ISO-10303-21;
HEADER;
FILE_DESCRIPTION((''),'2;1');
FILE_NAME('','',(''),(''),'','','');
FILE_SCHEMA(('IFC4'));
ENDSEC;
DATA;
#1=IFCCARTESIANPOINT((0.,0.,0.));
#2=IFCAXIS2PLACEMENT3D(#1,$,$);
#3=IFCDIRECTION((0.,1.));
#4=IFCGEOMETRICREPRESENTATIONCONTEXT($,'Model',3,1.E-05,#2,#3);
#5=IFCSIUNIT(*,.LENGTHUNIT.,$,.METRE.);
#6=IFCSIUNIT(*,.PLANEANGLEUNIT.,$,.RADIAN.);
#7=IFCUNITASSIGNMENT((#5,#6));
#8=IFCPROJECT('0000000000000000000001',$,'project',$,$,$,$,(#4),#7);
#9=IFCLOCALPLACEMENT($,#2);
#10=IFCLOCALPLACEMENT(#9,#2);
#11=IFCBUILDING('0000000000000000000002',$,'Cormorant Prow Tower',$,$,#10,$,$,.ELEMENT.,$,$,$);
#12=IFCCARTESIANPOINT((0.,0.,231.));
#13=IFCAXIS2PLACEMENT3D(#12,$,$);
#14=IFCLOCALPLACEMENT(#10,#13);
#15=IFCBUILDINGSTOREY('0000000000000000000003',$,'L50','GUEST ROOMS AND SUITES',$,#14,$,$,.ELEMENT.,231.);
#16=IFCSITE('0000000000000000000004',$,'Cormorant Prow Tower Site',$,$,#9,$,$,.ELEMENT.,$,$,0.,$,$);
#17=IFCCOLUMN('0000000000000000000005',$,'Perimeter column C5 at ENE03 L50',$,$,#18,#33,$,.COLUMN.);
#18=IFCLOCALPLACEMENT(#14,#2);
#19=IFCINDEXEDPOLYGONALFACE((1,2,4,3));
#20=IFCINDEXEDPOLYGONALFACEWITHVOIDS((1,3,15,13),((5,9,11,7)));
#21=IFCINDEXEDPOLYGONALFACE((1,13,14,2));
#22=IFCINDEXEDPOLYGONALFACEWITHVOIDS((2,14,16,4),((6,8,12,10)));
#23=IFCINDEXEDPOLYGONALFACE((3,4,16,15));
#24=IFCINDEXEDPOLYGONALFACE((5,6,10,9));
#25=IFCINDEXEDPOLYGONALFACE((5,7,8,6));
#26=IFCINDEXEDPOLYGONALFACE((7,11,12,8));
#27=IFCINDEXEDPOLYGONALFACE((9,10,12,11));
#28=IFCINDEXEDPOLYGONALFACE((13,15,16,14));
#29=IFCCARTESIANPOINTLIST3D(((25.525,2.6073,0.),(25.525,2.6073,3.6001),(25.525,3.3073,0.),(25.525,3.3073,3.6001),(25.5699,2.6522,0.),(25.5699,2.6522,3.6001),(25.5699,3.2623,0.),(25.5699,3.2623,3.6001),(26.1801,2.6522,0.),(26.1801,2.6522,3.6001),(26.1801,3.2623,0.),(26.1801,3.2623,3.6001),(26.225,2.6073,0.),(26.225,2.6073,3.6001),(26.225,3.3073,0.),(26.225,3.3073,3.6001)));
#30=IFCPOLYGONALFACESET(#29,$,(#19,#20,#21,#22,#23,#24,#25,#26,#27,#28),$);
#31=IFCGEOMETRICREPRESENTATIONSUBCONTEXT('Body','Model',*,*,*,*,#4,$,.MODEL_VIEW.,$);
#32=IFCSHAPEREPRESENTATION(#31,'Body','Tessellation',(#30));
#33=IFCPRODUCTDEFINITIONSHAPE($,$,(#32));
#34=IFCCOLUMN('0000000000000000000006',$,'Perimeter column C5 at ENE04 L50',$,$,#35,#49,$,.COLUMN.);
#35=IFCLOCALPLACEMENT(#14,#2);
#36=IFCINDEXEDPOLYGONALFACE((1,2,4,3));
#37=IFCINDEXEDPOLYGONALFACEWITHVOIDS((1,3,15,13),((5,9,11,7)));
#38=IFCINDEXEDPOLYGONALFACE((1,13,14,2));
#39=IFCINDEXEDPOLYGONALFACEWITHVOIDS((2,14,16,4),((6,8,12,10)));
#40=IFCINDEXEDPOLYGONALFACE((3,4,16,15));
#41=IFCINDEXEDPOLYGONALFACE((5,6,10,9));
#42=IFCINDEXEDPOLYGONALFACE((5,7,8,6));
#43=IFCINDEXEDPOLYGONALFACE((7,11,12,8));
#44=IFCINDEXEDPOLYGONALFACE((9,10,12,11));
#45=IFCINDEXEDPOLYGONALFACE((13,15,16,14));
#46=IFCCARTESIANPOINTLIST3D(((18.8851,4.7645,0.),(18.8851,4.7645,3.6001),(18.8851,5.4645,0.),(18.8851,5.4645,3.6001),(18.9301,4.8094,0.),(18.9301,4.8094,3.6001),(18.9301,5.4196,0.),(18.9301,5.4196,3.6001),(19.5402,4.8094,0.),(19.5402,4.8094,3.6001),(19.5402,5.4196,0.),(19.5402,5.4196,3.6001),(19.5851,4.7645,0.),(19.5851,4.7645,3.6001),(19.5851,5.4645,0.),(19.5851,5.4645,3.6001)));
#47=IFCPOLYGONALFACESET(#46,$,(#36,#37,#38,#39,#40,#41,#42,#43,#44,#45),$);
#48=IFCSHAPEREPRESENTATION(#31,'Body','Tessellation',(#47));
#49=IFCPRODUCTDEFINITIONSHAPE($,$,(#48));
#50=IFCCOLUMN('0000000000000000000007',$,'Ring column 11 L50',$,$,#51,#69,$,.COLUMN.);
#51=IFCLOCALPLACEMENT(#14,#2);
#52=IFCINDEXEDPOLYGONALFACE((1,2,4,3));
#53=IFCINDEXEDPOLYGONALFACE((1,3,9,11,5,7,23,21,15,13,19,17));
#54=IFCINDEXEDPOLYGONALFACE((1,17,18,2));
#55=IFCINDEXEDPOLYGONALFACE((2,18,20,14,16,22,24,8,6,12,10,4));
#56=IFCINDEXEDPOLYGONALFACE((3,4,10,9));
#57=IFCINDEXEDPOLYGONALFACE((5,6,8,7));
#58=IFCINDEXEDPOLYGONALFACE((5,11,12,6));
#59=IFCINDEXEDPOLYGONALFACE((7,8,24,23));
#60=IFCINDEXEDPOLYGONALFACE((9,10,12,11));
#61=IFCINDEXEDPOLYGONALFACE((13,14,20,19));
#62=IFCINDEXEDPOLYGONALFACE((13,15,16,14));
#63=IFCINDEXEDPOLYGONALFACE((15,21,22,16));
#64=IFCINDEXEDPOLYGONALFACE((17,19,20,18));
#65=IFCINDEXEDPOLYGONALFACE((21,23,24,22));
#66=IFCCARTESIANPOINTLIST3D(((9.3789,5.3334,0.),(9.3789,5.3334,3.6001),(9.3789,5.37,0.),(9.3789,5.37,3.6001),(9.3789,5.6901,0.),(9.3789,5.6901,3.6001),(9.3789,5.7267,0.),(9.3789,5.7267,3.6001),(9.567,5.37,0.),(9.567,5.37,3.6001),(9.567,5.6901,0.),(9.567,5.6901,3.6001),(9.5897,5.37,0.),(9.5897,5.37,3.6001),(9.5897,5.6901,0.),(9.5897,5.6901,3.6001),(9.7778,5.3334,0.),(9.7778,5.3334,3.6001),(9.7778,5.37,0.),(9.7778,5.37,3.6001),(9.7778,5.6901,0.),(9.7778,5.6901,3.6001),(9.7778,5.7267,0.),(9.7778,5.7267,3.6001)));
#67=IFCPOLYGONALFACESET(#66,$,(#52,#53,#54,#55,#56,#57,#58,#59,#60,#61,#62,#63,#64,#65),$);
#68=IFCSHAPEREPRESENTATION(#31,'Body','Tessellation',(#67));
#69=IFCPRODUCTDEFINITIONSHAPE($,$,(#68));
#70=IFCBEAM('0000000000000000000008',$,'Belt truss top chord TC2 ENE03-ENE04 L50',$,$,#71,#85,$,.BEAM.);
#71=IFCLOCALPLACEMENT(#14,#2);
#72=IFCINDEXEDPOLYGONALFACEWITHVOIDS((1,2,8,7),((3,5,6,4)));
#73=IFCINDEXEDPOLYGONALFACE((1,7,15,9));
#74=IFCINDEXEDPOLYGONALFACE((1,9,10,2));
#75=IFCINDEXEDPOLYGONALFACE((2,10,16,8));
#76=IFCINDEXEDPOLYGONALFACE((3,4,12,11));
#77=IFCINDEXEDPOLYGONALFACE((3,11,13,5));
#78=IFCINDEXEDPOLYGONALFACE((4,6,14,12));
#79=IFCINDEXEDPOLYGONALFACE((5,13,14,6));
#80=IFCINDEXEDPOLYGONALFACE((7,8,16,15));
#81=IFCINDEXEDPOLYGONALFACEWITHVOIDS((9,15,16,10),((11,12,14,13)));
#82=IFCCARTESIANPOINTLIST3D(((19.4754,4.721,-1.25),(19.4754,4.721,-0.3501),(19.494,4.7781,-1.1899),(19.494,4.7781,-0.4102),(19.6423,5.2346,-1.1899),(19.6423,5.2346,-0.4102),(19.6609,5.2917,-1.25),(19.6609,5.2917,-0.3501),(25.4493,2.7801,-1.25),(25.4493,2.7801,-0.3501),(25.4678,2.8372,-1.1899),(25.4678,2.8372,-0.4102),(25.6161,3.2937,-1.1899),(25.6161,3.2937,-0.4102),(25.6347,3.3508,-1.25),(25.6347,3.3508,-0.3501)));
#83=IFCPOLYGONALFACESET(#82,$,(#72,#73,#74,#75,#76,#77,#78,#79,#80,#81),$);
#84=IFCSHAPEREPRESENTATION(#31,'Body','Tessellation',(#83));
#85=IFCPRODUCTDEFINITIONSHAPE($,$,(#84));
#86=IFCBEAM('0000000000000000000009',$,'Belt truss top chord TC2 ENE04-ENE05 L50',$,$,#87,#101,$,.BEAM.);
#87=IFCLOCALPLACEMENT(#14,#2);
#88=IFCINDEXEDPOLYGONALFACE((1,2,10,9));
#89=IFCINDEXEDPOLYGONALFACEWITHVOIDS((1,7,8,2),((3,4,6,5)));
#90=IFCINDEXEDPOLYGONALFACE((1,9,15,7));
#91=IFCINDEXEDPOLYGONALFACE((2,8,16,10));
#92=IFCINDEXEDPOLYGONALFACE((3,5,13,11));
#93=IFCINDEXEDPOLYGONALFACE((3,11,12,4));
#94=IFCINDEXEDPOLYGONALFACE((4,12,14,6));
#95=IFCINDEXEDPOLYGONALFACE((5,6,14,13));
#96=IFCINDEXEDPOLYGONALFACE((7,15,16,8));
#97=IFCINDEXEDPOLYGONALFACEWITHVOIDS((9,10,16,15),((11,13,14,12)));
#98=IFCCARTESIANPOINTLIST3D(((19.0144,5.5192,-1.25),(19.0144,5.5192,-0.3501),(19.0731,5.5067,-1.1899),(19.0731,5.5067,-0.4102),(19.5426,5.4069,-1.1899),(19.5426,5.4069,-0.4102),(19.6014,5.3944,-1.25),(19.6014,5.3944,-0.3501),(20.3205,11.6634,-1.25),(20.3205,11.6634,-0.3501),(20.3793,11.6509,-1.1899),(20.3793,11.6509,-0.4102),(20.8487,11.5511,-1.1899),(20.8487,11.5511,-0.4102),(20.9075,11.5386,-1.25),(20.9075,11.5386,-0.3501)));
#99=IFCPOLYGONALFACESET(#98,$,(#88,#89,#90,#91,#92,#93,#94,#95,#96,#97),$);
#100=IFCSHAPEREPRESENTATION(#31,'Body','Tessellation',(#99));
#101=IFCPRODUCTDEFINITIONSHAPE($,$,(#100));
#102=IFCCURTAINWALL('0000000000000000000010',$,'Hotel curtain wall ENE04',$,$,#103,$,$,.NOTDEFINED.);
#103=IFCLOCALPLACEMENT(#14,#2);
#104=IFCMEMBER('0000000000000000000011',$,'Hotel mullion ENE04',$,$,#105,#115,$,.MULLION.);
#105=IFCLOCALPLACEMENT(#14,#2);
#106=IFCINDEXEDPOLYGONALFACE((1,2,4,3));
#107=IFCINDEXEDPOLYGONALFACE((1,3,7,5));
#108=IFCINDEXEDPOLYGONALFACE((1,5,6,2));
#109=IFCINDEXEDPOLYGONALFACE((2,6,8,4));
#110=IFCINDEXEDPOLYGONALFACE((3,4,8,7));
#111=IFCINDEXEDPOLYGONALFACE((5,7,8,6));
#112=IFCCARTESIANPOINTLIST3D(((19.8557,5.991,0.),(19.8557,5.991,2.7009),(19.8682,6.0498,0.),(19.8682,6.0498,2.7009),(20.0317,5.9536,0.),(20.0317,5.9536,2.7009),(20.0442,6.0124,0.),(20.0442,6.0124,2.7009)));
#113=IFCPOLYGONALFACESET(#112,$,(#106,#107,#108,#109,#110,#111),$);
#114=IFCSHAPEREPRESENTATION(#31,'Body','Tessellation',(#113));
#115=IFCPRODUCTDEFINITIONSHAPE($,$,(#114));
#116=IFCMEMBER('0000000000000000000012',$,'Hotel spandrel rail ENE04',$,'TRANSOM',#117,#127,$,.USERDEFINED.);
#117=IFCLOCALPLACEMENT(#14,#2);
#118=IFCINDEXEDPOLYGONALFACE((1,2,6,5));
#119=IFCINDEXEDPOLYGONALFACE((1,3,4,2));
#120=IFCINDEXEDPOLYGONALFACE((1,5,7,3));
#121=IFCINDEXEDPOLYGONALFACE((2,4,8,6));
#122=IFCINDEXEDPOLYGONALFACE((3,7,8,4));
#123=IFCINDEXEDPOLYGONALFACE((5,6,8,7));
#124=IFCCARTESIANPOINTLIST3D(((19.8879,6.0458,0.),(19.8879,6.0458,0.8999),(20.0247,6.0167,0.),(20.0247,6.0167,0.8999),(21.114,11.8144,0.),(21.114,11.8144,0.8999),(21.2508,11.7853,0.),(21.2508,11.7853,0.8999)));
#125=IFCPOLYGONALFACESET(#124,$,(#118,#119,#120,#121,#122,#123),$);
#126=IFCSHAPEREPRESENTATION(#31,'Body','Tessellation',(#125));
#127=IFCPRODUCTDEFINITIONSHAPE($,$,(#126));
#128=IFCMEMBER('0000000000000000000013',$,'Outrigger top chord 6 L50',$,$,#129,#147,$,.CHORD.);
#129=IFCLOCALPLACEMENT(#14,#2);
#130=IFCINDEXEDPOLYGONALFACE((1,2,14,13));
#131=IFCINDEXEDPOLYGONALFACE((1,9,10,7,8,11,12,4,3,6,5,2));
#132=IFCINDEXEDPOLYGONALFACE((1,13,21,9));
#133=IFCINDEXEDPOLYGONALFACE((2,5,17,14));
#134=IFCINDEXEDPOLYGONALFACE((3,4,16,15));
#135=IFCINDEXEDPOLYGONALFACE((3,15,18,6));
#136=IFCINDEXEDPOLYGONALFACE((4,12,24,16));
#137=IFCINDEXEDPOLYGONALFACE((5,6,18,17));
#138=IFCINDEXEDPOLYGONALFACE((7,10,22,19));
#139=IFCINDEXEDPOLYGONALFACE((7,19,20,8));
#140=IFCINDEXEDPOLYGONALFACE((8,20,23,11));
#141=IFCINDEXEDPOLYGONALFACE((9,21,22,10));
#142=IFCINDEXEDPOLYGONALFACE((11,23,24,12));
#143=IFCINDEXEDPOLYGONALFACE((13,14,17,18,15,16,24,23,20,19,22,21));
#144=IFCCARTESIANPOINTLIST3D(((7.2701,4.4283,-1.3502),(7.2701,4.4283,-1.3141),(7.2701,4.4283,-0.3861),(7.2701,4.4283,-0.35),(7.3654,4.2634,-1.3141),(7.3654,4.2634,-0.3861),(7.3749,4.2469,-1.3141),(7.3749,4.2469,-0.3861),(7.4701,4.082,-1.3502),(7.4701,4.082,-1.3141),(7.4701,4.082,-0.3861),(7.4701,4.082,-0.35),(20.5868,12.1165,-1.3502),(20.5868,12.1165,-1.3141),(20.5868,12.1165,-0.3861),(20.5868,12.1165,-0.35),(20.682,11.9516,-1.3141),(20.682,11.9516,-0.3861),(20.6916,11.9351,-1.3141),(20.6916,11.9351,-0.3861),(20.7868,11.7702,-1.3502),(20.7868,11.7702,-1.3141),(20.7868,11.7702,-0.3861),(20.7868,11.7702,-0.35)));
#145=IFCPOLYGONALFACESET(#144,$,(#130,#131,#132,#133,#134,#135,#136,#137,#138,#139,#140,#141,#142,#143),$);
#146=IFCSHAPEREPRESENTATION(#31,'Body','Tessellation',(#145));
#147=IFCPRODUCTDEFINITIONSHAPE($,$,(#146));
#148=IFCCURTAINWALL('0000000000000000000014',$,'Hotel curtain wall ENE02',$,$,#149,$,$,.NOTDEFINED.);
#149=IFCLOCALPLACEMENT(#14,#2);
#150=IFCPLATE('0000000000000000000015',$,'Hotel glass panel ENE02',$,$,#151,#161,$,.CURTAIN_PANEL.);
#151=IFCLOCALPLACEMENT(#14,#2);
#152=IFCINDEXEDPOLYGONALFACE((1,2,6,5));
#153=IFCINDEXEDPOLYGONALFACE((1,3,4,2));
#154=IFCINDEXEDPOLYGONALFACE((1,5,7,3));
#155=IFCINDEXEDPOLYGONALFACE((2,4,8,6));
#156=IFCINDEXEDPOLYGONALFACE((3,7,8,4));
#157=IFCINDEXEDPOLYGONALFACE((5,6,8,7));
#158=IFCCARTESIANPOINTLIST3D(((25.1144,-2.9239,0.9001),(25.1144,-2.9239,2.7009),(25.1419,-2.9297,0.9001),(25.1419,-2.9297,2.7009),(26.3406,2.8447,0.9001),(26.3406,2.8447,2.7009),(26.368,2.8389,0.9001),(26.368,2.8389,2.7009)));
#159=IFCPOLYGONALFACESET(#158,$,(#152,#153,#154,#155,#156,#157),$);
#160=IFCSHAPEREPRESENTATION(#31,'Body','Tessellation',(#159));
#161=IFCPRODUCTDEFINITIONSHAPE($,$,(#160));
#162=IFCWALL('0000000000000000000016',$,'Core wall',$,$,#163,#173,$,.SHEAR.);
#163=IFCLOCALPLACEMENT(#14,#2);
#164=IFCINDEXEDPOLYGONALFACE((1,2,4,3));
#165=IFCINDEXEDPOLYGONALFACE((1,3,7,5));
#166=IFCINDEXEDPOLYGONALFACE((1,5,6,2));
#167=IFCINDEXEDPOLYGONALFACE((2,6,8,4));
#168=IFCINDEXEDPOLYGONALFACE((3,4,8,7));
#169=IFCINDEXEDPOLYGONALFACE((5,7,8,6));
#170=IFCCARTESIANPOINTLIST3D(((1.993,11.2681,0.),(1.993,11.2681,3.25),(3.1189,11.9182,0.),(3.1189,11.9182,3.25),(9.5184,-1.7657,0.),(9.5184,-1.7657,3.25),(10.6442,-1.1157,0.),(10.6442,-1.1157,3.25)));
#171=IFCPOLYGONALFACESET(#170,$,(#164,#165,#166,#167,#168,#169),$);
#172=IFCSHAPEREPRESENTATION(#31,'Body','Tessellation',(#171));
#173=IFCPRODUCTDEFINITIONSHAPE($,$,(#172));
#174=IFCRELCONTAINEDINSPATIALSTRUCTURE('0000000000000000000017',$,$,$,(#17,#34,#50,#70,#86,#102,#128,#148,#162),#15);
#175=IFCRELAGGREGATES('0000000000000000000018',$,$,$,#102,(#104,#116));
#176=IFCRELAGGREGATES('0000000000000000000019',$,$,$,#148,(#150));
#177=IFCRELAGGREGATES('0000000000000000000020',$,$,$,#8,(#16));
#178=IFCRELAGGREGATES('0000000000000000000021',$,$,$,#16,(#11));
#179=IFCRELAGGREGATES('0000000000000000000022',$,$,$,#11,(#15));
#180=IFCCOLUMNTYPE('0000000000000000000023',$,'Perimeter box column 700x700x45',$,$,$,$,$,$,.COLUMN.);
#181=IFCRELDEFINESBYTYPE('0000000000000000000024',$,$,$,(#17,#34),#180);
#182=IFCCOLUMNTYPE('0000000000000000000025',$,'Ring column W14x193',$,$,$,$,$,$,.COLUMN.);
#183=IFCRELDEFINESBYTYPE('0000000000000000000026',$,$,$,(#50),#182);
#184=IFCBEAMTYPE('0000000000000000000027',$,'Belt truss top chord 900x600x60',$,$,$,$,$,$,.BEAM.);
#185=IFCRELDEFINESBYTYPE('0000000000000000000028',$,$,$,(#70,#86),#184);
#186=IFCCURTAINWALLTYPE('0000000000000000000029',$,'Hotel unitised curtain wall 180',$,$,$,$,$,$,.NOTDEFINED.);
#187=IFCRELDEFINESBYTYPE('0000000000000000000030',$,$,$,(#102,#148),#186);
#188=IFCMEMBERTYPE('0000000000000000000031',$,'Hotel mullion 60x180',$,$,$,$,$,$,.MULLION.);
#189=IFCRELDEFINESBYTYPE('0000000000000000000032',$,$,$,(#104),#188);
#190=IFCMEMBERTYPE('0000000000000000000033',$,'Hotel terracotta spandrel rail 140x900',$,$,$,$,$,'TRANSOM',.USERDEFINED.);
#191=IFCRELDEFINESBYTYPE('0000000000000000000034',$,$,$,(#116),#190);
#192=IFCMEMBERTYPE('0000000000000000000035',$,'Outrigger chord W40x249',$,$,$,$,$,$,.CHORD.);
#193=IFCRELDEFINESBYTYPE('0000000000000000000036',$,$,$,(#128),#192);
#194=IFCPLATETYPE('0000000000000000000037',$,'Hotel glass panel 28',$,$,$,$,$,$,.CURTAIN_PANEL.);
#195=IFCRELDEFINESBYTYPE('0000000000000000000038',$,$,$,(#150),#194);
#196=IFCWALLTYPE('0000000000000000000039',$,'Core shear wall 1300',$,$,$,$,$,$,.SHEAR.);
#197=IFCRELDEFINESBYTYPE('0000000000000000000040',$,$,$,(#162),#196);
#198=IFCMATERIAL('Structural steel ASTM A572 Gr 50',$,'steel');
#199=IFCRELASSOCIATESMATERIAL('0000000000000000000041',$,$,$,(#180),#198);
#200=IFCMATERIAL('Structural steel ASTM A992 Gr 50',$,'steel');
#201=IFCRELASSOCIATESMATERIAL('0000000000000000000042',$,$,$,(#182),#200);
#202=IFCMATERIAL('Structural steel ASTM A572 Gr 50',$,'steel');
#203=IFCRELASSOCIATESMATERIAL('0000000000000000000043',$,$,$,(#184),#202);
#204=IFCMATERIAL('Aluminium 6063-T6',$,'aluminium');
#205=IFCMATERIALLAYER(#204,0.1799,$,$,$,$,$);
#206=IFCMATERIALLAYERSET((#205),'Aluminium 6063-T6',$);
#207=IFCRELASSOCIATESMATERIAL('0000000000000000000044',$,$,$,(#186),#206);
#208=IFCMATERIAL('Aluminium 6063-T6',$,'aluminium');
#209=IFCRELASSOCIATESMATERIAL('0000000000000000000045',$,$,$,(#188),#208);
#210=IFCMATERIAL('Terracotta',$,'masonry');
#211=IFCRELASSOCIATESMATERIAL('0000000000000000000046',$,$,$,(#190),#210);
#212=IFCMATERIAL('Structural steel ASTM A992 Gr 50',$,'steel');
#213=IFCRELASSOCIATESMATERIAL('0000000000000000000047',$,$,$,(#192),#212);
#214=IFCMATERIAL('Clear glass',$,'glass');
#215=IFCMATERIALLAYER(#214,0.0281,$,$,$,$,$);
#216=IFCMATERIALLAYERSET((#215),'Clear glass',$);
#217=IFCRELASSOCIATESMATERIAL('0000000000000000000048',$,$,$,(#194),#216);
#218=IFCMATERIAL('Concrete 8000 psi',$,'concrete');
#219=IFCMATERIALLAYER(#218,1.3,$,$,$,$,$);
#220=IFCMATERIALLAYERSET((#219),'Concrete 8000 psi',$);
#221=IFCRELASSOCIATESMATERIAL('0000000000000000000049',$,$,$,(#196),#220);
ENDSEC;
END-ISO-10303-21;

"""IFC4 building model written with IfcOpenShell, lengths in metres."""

from ifc_helpers import new_model, si_unit, direction, frame, frame_2d, origin, origin_2d, place, context, subcontext, project, spatial, rectangle, hollow_rectangle, i_section, extrude, material, layer, layer_set, material_profile, profile_set, type_object, element, aggregate, save


model = new_model("IFC4")

# Units and contexts
model_context = context("Model", 3, precision=1e-05, world=origin(), true_north=direction((0.0, 1.0)))
body_context = subcontext(model_context, "Body", "Model", "MODEL_VIEW")
ifc_project = project(units=[si_unit("LENGTHUNIT", "METRE"), si_unit("PLANEANGLEUNIT", "RADIAN")], contexts=[model_context])

# Site, building, storey
site_placement = place(None, origin())
site = spatial("IfcSite", under=ifc_project, at=site_placement, Name="Cormorant Prow Tower Site", CompositionType="ELEMENT", RefElevation=0.0)
building_placement = place(site_placement, origin())
building = spatial("IfcBuilding", under=site, at=building_placement, Name="Cormorant Prow Tower", CompositionType="ELEMENT")
storey_placement = place(building_placement, frame((0.0, 0.0, 231.0)))
storey = spatial("IfcBuildingStorey", under=building, at=storey_placement, Name="L50", Description="GUEST ROOMS AND SUITES", CompositionType="ELEMENT", Elevation=231.0)

# Columns
ifc_material_1 = material(Name="Structural steel ASTM A572 Gr 50", Category="steel")
ifc_material_profile_1 = material_profile(ifc_material_1, hollow_rectangle(XDim=0.7, YDim=0.7, WallThickness=0.0449, at=origin_2d()), Name="Box 700x700x45")
ifc_profile_set_1 = profile_set([ifc_material_profile_1], Name="Structural steel ASTM A572 Gr 50")
column_type_1 = type_object("IfcColumnType", Name="Perimeter box column 700x700x45", PredefinedType="COLUMN", material=ifc_profile_set_1)
for number, where, z_axis, x_axis, name in (
    (1, (25.875, 2.9573, 0.0), (0.0, 0.0, 1.0), (1.0, 0.0, 0.0), "Perimeter column C5 at ENE03 L50"),
    (2, (19.2351, 5.1145, 0.0), (0.0, 0.0, 1.0), (1.0, 0.0, 0.0), "Perimeter column C5 at ENE04 L50"),
):
    element("IfcColumn", number, at=place(storey_placement, frame(where, z_axis=z_axis, x_axis=x_axis)), inside=storey, type_object=column_type_1, Name=name, PredefinedType="COLUMN", context=body_context, shape_type="SweptSolid", body=[
        extrude(hollow_rectangle(XDim=0.7, YDim=0.7, WallThickness=0.0449, at=origin_2d()), origin(), (0.0, 0.0, 1.0), 3.6001),
    ])
ifc_material_2 = material(Name="Structural steel ASTM A992 Gr 50", Category="steel")
ifc_material_profile_2 = material_profile(ifc_material_2, i_section(OverallWidth=0.3989, OverallDepth=0.3933, WebThickness=0.0227, FlangeThickness=0.0366, at=origin_2d()), Name="W14x193")
ifc_profile_set_2 = profile_set([ifc_material_profile_2], Name="Structural steel ASTM A992 Gr 50")
column_type_2 = type_object("IfcColumnType", Name="Ring column W14x193", PredefinedType="COLUMN", material=ifc_profile_set_2)
column_placement = place(storey_placement, frame((9.5784, 5.53, 0.0), z_axis=(0.0, 0.0, 1.0), x_axis=(1.0, 0.0, 0.0)))
element("IfcColumn", 3, at=column_placement, inside=storey, type_object=column_type_2, Name="Ring column 11 L50", PredefinedType="COLUMN", context=body_context, shape_type="SweptSolid", body=[
    extrude(i_section(OverallWidth=0.3989, OverallDepth=0.3933, WebThickness=0.0227, FlangeThickness=0.0366, at=origin_2d()), origin(), (0.0, 0.0, 1.0), 3.6001),
])

# Beams
ifc_material_3 = material(Name="Structural steel ASTM A572 Gr 50", Category="steel")
ifc_material_profile_3 = material_profile(ifc_material_3, hollow_rectangle(XDim=0.6001, YDim=0.8999, WallThickness=0.0601, at=origin_2d()), Name="Box 900x600x60")
ifc_profile_set_3 = profile_set([ifc_material_profile_3], Name="Structural steel ASTM A572 Gr 50")
beam_type = type_object("IfcBeamType", Name="Belt truss top chord 900x600x60", PredefinedType="BEAM", material=ifc_profile_set_3)
beam_1_placement = place(storey_placement, frame((25.542, 3.0654, -0.8), z_axis=(-0.951062, 0.309001, 0.0), x_axis=(-0.309001, -0.951062, 0.0)))
element("IfcBeam", 4, at=beam_1_placement, inside=storey, type_object=beam_type, Name="Belt truss top chord TC2 ENE03-ENE04 L50", PredefinedType="BEAM", context=body_context, shape_type="SweptSolid", body=[
    extrude(hollow_rectangle(XDim=0.6001, YDim=0.8999, WallThickness=0.0601, at=origin_2d()), origin(), (0.0, 0.0, 1.0), 6.2812),
])
beam_2_placement = place(storey_placement, frame((19.3079, 5.4568, -0.8), z_axis=(0.207934, 0.978143, 0.0), x_axis=(-0.978143, 0.207934, 0.0)))
element("IfcBeam", 5, at=beam_2_placement, inside=storey, type_object=beam_type, Name="Belt truss top chord TC2 ENE04-ENE05 L50", PredefinedType="BEAM", context=body_context, shape_type="SweptSolid", body=[
    extrude(hollow_rectangle(XDim=0.6001, YDim=0.8999, WallThickness=0.0601, at=origin_2d()), origin(), (0.0, 0.0, 1.0), 6.2815),
])

# Curtain wall, members
ifc_material_4 = material(Name="Aluminium 6063-T6", Category="aluminium")
ifc_layer_1 = layer(ifc_material_4, 0.1799)
ifc_layer_set_1 = layer_set([ifc_layer_1], Name="Aluminium 6063-T6")
curtain_wall_type = type_object("IfcCurtainWallType", Name="Hotel unitised curtain wall 180", PredefinedType="NOTDEFINED", material=ifc_layer_set_1)
curtain_wall_1_placement = place(storey_placement, origin())
curtain_wall_1 = element("IfcCurtainWall", 6, at=curtain_wall_1_placement, inside=storey, type_object=curtain_wall_type, Name="Hotel curtain wall ENE04", PredefinedType="NOTDEFINED")
ifc_material_5 = material(Name="Aluminium 6063-T6", Category="aluminium")
ifc_material_profile_4 = material_profile(ifc_material_5, rectangle(XDim=0.1799, YDim=0.0601, at=origin_2d()), Name="Hotel mullion 60x180")
ifc_profile_set_4 = profile_set([ifc_material_profile_4], Name="Aluminium 6063-T6")
member_type_1 = type_object("IfcMemberType", Name="Hotel mullion 60x180", PredefinedType="MULLION", material=ifc_profile_set_4)
member_1_placement = place(storey_placement, frame((19.95, 6.0017, 0.0), z_axis=(0.0, 0.0, 1.0), x_axis=(-0.978148, 0.207912, 0.0)))
member_1 = element("IfcMember", 7, at=member_1_placement, type_object=member_type_1, Name="Hotel mullion ENE04", PredefinedType="MULLION", context=body_context, shape_type="SweptSolid", body=[
    extrude(rectangle(XDim=0.1799, YDim=0.0601, at=origin_2d()), origin(), (0.0, 0.0, 1.0), 2.7009),
])
ifc_material_6 = material(Name="Terracotta", Category="masonry")
ifc_material_profile_5 = material_profile(ifc_material_6, rectangle(XDim=0.1399, YDim=0.8999, at=origin_2d()), Name="Hotel terracotta spandrel rail 140x900")
ifc_profile_set_5 = profile_set([ifc_material_profile_5], Name="Terracotta")
member_type_2 = type_object("IfcMemberType", Name="Hotel terracotta spandrel rail 140x900", ElementType="TRANSOM", PredefinedType="USERDEFINED", material=ifc_profile_set_5)
member_2_placement = place(storey_placement, frame((19.9563, 6.0312, 0.45), z_axis=(0.2079, 0.97815, 0.0), x_axis=(-0.97815, 0.2079, 0.0)))
member_2 = element("IfcMember", 8, at=member_2_placement, type_object=member_type_2, Name="Hotel spandrel rail ENE04", ObjectType="TRANSOM", PredefinedType="USERDEFINED", context=body_context, shape_type="SweptSolid", body=[
    extrude(rectangle(XDim=0.1399, YDim=0.8999, at=origin_2d()), origin(), (0.0, 0.0, 1.0), 5.8975),
])
aggregate(curtain_wall_1, [member_1, member_2])

# Member
ifc_material_7 = material(Name="Structural steel ASTM A992 Gr 50", Category="steel")
ifc_material_profile_6 = material_profile(ifc_material_7, i_section(OverallWidth=0.3999, OverallDepth=1.0002, WebThickness=0.019, FlangeThickness=0.0361, at=origin_2d()), Name="W40x249")
ifc_profile_set_6 = profile_set([ifc_material_profile_6], Name="Structural steel ASTM A992 Gr 50")
member_type_3 = type_object("IfcMemberType", Name="Outrigger chord W40x249", PredefinedType="CHORD", material=ifc_profile_set_6)
member_3_placement = place(storey_placement, frame((7.3701, 4.2551, -0.8501), z_axis=(0.866029, 0.499993, 0.0), x_axis=(-0.499993, 0.866029, 0.0)))
element("IfcMember", 9, at=member_3_placement, inside=storey, type_object=member_type_3, Name="Outrigger top chord 6 L50", PredefinedType="CHORD", context=body_context, shape_type="SweptSolid", body=[
    extrude(i_section(OverallWidth=0.3999, OverallDepth=1.0002, WebThickness=0.019, FlangeThickness=0.0361, at=origin_2d()), origin(), (0.0, 0.0, 1.0), 15.3767),
])

# Curtain wall, plate
curtain_wall_2_placement = place(storey_placement, origin())
curtain_wall_2 = element("IfcCurtainWall", 10, at=curtain_wall_2_placement, inside=storey, type_object=curtain_wall_type, Name="Hotel curtain wall ENE02", PredefinedType="NOTDEFINED")
ifc_material_8 = material(Name="Clear glass", Category="glass")
ifc_layer_2 = layer(ifc_material_8, 0.0281)
ifc_layer_set_2 = layer_set([ifc_layer_2], Name="Clear glass")
plate_type = type_object("IfcPlateType", Name="Hotel glass panel 28", PredefinedType="CURTAIN_PANEL", material=ifc_layer_set_2)
plate_placement = place(storey_placement, frame((25.7412, -0.0425, 0.9001), z_axis=(0.0, 0.0, 1.0), x_axis=(0.207912, 0.978148, 0.0)))
plate = element("IfcPlate", 11, at=plate_placement, type_object=plate_type, Name="Hotel glass panel ENE02", PredefinedType="CURTAIN_PANEL", context=body_context, shape_type="SweptSolid", body=[
    extrude(rectangle(XDim=5.8975, YDim=0.0281, at=origin_2d()), origin(), (0.0, 0.0, 1.0), 1.8008),
])
aggregate(curtain_wall_2, [plate])

# Wall
ifc_material_9 = material(Name="Concrete 8000 psi", Category="concrete")
ifc_layer_3 = layer(ifc_material_9, 1.3)
ifc_layer_set_3 = layer_set([ifc_layer_3], Name="Concrete 8000 psi")
wall_type_1 = type_object("IfcWallType", Name="Core shear wall 1300", PredefinedType="SHEAR", material=ifc_layer_set_3)
wall_1_placement = place(storey_placement, frame((10.0813, -1.4407, 0.0), z_axis=(0.0, 0.0, 1.0), x_axis=(-0.500012, 0.866018, 0.0)))
element("IfcWall", 12, at=wall_1_placement, inside=storey, type_object=wall_type_1, Name="Core wall", PredefinedType="SHEAR", context=body_context, shape_type="SweptSolid", body=[
    extrude(rectangle(XDim=15.0503, YDim=1.3, at=frame_2d((7.5251, 0.0))), origin(), (0.0, 0.0, 1.0), 3.25),
])

save(model, "model.ifc")
